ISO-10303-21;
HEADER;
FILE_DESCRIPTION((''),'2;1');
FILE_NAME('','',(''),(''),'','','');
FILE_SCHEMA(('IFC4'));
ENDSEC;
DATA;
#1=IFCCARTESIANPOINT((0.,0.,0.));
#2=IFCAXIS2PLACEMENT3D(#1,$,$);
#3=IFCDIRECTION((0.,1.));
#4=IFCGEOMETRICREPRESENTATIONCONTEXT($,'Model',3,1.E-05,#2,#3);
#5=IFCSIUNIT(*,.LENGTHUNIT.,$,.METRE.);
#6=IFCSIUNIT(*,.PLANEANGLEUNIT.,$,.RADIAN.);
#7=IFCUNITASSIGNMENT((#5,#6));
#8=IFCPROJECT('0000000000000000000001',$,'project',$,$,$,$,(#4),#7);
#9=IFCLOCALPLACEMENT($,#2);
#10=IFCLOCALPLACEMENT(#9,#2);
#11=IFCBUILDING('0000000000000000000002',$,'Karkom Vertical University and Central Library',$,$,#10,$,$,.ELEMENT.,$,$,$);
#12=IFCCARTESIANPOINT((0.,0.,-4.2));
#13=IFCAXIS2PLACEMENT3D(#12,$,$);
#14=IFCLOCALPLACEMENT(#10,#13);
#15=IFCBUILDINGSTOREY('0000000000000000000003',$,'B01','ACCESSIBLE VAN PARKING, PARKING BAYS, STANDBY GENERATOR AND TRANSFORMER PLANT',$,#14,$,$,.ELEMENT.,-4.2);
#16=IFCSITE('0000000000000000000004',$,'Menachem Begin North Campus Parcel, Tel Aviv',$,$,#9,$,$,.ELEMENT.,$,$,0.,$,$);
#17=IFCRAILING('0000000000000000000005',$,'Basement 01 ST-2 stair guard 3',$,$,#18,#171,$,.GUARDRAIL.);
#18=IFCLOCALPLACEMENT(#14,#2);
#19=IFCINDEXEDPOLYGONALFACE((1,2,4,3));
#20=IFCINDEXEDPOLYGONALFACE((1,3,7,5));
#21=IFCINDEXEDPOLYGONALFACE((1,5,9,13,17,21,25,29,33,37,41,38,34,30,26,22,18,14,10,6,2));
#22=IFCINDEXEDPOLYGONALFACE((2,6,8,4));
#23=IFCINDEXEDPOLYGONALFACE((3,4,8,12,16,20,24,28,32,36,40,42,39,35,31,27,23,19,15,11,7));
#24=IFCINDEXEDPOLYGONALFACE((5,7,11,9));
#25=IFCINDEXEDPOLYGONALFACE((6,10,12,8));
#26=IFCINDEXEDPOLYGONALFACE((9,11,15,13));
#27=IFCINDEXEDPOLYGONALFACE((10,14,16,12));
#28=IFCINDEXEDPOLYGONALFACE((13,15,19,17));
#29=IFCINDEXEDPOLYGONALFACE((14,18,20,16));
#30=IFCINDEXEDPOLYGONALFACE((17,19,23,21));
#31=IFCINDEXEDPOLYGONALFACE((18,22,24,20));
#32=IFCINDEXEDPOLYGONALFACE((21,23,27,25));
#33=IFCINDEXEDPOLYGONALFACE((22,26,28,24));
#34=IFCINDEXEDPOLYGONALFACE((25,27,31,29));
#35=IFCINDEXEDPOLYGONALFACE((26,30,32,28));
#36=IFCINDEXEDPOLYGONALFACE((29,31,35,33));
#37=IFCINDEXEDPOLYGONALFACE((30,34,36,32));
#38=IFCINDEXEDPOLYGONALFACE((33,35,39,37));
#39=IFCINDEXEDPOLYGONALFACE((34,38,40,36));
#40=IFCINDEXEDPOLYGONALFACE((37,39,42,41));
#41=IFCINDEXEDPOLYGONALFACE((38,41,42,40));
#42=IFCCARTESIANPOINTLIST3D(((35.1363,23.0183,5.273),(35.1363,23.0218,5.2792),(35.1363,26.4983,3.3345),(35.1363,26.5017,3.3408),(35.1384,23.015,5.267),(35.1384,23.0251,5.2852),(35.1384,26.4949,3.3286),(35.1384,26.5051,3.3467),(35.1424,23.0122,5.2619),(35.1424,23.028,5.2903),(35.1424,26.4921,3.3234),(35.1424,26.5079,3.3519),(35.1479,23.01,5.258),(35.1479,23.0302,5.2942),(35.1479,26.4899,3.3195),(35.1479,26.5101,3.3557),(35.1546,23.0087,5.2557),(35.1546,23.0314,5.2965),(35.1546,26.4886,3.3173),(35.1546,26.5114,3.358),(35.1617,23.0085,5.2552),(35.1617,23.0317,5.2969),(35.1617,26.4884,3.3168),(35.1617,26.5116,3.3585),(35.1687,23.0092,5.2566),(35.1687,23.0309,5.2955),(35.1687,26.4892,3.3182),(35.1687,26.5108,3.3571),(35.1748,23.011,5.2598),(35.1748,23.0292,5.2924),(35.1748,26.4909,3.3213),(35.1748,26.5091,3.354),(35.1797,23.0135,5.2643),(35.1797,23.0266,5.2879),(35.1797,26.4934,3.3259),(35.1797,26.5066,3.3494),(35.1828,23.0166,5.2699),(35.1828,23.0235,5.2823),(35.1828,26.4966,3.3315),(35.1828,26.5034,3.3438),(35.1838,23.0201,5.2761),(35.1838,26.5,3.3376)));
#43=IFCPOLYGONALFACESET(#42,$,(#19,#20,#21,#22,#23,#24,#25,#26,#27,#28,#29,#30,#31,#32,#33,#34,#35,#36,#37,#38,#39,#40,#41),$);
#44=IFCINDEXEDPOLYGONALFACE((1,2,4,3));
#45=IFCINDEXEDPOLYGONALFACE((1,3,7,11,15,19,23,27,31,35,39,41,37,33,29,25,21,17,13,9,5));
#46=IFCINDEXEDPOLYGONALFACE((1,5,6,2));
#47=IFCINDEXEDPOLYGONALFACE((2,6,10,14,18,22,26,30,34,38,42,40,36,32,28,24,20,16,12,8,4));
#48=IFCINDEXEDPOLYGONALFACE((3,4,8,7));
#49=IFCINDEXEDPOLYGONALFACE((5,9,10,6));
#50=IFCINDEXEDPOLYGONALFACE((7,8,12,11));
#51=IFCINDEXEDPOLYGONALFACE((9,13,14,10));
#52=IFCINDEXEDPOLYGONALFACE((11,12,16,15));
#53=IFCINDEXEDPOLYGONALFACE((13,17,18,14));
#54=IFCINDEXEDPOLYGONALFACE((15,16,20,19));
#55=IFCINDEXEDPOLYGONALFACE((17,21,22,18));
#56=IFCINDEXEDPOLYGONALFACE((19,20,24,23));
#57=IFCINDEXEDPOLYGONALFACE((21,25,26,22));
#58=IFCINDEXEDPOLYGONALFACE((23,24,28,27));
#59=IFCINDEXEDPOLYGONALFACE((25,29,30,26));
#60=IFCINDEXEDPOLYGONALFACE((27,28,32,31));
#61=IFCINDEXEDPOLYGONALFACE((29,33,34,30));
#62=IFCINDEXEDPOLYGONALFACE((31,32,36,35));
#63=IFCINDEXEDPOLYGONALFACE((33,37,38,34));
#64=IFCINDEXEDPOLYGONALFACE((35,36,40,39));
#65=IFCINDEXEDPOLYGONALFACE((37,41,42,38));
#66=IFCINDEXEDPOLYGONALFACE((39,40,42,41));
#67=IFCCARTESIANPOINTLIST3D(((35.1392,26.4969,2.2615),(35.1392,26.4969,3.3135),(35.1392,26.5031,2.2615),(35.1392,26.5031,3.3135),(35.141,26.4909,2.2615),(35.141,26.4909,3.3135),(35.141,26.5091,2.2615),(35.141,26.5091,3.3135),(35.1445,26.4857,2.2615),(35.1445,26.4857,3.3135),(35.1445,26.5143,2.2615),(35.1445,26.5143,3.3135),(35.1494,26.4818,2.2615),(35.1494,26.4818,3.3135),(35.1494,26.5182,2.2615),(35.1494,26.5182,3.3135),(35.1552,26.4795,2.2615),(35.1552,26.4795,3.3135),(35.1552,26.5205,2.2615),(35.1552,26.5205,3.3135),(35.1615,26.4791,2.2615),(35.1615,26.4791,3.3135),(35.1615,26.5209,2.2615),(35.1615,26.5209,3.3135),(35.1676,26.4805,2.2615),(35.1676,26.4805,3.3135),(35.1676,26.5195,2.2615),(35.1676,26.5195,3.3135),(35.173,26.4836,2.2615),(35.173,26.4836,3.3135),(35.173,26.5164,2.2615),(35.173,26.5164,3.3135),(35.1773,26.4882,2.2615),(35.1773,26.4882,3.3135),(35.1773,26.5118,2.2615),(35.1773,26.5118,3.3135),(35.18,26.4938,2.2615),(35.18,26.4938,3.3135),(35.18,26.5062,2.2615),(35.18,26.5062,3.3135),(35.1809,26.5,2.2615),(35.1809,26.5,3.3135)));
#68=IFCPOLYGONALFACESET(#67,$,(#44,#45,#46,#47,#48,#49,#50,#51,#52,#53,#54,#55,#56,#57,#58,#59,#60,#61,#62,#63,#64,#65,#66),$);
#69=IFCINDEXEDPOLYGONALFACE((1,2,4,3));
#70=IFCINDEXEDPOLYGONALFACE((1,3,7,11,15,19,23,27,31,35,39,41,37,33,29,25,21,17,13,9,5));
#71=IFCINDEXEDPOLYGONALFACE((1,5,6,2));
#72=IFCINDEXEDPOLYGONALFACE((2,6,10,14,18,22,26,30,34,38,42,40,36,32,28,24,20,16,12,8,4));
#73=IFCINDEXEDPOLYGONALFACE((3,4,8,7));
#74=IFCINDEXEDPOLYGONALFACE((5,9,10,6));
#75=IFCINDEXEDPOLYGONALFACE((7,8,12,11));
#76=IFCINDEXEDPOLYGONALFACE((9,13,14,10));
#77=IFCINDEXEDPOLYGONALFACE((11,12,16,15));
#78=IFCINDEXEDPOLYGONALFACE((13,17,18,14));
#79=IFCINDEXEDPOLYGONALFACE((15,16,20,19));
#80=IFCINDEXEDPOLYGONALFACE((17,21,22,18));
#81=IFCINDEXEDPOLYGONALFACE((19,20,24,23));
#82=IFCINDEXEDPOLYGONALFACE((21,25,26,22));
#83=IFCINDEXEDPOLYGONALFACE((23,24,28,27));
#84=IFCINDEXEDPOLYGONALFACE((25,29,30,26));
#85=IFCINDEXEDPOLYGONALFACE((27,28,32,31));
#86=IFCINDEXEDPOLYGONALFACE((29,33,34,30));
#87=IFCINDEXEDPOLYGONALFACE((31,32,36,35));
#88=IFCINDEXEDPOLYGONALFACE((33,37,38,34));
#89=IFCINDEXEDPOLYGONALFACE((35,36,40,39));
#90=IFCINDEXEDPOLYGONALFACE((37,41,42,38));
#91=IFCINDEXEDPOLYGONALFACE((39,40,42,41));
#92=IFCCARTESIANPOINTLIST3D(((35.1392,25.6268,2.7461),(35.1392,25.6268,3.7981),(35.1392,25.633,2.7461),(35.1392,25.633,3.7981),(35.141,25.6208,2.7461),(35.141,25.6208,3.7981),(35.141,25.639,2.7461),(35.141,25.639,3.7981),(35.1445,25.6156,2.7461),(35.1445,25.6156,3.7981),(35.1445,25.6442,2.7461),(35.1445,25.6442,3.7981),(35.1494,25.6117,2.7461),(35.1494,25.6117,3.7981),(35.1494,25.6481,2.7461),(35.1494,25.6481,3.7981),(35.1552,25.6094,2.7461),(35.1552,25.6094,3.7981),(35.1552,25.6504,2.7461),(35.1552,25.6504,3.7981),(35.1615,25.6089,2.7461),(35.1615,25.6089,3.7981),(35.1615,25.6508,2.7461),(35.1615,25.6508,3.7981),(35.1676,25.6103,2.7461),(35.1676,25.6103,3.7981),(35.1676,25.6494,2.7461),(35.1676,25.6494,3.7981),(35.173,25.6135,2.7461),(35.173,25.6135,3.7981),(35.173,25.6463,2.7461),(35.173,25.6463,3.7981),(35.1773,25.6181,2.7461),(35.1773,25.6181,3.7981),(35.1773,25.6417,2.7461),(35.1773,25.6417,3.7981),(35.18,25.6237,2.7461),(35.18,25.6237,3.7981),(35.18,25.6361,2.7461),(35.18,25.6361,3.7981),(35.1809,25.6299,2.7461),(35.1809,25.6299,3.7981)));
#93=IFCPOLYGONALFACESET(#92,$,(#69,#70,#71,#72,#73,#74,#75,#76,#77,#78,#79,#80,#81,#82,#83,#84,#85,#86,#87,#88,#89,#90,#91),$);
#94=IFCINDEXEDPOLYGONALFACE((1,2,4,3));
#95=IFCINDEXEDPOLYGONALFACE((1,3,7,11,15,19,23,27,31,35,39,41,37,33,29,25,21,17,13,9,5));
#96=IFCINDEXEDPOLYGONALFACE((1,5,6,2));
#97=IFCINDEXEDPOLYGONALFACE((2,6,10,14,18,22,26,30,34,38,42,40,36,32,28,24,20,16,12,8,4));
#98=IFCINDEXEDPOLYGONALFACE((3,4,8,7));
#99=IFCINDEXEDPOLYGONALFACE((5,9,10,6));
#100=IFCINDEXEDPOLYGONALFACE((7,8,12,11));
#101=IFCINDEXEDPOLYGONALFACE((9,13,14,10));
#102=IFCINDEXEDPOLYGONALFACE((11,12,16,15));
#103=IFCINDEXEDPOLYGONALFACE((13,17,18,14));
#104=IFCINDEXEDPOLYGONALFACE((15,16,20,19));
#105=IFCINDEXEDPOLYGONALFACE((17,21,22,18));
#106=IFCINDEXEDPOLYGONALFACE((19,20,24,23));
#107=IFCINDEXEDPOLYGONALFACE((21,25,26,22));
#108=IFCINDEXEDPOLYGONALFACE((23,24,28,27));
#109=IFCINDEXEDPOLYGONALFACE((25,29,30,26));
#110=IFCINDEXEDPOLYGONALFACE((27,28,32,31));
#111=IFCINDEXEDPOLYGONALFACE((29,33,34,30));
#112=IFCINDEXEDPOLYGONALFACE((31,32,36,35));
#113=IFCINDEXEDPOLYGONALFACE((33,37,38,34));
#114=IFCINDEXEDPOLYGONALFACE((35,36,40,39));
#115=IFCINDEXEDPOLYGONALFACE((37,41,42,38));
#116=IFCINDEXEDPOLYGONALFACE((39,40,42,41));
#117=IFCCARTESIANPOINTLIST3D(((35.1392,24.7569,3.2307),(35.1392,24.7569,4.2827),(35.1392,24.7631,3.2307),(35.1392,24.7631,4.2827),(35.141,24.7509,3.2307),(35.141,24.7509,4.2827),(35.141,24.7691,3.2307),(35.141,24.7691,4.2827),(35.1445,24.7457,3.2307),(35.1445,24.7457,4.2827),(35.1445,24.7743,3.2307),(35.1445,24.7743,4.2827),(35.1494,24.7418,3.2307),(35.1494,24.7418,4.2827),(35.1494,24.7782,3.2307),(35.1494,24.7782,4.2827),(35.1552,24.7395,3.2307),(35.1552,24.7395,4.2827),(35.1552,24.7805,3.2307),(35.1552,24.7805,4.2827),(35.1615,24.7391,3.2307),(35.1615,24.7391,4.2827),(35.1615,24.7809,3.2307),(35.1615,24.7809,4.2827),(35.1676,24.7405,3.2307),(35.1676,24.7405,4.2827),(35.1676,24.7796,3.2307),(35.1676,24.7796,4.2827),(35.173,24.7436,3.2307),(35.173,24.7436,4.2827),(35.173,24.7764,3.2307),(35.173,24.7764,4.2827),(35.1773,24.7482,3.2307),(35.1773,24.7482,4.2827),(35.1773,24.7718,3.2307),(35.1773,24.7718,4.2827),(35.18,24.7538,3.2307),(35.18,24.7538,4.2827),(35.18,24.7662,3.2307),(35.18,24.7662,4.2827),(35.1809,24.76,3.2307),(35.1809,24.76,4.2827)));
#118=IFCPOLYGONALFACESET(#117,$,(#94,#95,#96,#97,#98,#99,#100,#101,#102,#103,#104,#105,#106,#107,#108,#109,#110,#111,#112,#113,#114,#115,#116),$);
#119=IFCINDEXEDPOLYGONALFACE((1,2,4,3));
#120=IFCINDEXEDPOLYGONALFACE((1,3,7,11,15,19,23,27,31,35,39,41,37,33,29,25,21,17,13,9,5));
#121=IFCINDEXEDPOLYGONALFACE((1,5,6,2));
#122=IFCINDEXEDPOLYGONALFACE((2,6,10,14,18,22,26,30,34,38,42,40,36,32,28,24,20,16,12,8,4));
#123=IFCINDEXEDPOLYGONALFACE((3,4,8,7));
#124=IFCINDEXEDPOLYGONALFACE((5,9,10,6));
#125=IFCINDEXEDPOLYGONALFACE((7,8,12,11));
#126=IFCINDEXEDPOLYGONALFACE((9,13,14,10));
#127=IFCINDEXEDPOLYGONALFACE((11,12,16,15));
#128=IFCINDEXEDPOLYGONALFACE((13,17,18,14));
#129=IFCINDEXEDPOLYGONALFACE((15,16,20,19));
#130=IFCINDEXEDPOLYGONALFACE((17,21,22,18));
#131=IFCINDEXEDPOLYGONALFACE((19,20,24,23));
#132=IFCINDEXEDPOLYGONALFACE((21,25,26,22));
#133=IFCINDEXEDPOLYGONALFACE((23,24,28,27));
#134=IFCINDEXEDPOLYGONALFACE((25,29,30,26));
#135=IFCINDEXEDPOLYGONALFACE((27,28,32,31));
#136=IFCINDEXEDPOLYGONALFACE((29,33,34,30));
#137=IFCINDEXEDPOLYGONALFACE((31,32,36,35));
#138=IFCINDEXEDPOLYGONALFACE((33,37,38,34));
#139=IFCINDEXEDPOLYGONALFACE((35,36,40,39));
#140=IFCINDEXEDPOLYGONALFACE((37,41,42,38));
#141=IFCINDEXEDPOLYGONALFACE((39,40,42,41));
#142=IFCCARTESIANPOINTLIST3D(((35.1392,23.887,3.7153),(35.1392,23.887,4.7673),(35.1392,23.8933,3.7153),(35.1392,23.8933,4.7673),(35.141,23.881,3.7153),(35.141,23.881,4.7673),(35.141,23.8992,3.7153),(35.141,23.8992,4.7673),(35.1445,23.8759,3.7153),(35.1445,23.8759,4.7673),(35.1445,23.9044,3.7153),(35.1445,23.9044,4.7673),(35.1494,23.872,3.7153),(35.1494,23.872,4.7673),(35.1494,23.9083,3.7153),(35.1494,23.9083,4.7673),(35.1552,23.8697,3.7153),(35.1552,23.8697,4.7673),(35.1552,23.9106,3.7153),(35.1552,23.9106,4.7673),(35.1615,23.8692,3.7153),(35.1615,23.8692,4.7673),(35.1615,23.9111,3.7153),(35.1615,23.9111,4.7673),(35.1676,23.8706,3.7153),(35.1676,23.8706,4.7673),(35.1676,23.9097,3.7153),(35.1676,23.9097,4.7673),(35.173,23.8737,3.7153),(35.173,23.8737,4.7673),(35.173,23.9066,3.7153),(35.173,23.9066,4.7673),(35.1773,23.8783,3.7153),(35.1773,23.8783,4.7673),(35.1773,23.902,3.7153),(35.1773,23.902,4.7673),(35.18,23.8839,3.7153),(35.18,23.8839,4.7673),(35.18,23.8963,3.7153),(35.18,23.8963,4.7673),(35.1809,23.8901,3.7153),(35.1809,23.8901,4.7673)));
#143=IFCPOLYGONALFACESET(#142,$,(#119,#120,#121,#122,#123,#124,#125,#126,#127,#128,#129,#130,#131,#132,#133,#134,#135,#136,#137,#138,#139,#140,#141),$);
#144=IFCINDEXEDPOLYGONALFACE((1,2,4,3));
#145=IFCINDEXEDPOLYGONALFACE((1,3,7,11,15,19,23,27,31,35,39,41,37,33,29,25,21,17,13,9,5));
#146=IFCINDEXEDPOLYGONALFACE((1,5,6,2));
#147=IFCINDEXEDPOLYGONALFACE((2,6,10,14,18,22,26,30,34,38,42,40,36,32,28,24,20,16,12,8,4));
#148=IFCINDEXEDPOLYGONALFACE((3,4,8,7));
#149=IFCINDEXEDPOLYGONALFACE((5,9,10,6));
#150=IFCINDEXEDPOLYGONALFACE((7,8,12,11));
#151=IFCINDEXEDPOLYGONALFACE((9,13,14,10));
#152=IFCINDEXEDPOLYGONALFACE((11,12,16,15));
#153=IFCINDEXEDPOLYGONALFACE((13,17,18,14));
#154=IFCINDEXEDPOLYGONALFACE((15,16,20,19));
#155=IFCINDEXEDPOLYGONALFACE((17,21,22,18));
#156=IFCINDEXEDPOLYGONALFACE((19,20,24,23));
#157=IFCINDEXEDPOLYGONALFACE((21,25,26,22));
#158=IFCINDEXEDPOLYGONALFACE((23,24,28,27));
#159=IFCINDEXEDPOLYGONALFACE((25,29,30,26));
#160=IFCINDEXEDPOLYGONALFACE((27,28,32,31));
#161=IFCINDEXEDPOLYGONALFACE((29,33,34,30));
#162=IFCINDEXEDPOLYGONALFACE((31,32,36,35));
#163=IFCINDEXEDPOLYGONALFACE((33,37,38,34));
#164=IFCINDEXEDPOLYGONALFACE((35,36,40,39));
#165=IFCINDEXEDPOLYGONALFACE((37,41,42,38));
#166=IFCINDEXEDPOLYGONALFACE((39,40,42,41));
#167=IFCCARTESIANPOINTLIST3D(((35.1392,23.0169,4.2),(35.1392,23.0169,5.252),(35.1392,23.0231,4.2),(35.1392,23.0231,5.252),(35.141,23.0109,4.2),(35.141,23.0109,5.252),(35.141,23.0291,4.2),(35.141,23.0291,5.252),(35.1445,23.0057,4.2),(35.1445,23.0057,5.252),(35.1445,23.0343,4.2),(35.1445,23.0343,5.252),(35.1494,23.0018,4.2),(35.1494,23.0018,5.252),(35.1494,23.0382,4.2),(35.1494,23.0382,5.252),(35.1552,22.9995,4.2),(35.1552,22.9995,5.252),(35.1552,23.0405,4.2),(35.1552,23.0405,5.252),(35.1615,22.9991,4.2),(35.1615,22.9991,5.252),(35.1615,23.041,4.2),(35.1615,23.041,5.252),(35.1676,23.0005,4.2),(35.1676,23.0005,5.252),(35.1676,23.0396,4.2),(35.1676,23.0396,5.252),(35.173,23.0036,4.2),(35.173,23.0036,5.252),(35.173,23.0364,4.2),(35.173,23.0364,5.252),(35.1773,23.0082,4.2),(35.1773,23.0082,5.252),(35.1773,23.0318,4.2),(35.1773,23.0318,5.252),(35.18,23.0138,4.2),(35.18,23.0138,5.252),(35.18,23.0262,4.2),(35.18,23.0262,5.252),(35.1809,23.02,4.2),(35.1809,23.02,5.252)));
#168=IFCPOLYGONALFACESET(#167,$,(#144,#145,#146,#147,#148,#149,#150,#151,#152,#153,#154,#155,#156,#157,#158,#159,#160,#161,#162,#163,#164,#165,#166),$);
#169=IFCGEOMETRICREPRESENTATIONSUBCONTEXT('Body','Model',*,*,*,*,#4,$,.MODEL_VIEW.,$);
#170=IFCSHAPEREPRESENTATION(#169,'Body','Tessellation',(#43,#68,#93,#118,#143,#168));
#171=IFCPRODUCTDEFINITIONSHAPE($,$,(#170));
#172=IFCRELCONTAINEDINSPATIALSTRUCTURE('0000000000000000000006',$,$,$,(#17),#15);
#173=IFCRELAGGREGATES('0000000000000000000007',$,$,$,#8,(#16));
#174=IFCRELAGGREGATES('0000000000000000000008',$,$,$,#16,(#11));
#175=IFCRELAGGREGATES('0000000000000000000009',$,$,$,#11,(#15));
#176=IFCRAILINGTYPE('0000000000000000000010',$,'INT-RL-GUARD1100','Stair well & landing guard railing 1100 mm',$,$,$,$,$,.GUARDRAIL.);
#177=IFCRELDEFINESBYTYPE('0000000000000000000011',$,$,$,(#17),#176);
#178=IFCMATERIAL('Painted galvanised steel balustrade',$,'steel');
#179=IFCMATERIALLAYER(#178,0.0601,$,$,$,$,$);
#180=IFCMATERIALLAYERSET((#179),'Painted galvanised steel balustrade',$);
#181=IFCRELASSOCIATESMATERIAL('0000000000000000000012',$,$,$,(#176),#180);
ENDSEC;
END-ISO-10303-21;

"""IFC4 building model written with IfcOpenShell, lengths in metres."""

from ifc_helpers import new_model, si_unit, direction, frame, origin, origin_2d, place, context, subcontext, project, spatial, circle, extrude, material, layer, layer_set, type_object, element, save


model = new_model("IFC4")

# Units and contexts
model_context = context("Model", 3, precision=1e-05, world=origin(), true_north=direction((0.0, 1.0)))
body_context = subcontext(model_context, "Body", "Model", "MODEL_VIEW")
ifc_project = project(units=[si_unit("LENGTHUNIT", "METRE"), si_unit("PLANEANGLEUNIT", "RADIAN")], contexts=[model_context])

# Site, building, storey
site_placement = place(None, origin())
site = spatial("IfcSite", under=ifc_project, at=site_placement, Name="Menachem Begin North Campus Parcel, Tel Aviv", CompositionType="ELEMENT", RefElevation=0.0)
building_placement = place(site_placement, origin())
building = spatial("IfcBuilding", under=site, at=building_placement, Name="Karkom Vertical University and Central Library", CompositionType="ELEMENT")
storey_placement = place(building_placement, frame((0.0, 0.0, -4.2)))
storey = spatial("IfcBuildingStorey", under=building, at=storey_placement, Name="B01", Description="ACCESSIBLE VAN PARKING, PARKING BAYS, STANDBY GENERATOR AND TRANSFORMER PLANT", CompositionType="ELEMENT", Elevation=-4.2)

# Railing
ifc_material_1 = material(Name="Painted galvanised steel balustrade", Category="steel")
ifc_layer_1 = layer(ifc_material_1, 0.0601)
ifc_layer_set_1 = layer_set([ifc_layer_1], Name="Painted galvanised steel balustrade")
railing_type_1 = type_object("IfcRailingType", Name="INT-RL-GUARD1100", Description="Stair well & landing guard railing 1100 mm", PredefinedType="GUARDRAIL", material=ifc_layer_set_1)
railing_1_placement = place(storey_placement, frame((35.1599, 26.5, 2.2615)))
element("IfcRailing", 1, at=railing_1_placement, inside=storey, type_object=railing_type_1, Name="Basement 01 ST-2 stair guard 3", PredefinedType="GUARDRAIL", context=body_context, shape_type="SweptSolid", body=[
    extrude(circle(Radius=0.0239, at=origin_2d()), frame((0.0, 0.0, 1.0762), z_axis=(0.0, -0.873607, 0.486631), x_axis=(1.0, 0.0, 0.0)), (0.0, 0.0, 1.0), 3.9834),
    extrude(circle(Radius=0.021, at=origin_2d()), origin(), (0.0, 0.0, 1.0), 1.052),
    extrude(circle(Radius=0.021, at=origin_2d()), frame((0.0, -0.8701, 0.4846)), (0.0, 0.0, 1.0), 1.052),
    extrude(circle(Radius=0.021, at=origin_2d()), frame((0.0, -1.74, 0.9692)), (0.0, 0.0, 1.0), 1.052),
    extrude(circle(Radius=0.021, at=origin_2d()), frame((0.0, -2.6099, 1.4539)), (0.0, 0.0, 1.0), 1.052),
    extrude(circle(Radius=0.021, at=origin_2d()), frame((0.0, -3.48, 1.9385)), (0.0, 0.0, 1.0), 1.052),
])

save(model, "model.ifc")
